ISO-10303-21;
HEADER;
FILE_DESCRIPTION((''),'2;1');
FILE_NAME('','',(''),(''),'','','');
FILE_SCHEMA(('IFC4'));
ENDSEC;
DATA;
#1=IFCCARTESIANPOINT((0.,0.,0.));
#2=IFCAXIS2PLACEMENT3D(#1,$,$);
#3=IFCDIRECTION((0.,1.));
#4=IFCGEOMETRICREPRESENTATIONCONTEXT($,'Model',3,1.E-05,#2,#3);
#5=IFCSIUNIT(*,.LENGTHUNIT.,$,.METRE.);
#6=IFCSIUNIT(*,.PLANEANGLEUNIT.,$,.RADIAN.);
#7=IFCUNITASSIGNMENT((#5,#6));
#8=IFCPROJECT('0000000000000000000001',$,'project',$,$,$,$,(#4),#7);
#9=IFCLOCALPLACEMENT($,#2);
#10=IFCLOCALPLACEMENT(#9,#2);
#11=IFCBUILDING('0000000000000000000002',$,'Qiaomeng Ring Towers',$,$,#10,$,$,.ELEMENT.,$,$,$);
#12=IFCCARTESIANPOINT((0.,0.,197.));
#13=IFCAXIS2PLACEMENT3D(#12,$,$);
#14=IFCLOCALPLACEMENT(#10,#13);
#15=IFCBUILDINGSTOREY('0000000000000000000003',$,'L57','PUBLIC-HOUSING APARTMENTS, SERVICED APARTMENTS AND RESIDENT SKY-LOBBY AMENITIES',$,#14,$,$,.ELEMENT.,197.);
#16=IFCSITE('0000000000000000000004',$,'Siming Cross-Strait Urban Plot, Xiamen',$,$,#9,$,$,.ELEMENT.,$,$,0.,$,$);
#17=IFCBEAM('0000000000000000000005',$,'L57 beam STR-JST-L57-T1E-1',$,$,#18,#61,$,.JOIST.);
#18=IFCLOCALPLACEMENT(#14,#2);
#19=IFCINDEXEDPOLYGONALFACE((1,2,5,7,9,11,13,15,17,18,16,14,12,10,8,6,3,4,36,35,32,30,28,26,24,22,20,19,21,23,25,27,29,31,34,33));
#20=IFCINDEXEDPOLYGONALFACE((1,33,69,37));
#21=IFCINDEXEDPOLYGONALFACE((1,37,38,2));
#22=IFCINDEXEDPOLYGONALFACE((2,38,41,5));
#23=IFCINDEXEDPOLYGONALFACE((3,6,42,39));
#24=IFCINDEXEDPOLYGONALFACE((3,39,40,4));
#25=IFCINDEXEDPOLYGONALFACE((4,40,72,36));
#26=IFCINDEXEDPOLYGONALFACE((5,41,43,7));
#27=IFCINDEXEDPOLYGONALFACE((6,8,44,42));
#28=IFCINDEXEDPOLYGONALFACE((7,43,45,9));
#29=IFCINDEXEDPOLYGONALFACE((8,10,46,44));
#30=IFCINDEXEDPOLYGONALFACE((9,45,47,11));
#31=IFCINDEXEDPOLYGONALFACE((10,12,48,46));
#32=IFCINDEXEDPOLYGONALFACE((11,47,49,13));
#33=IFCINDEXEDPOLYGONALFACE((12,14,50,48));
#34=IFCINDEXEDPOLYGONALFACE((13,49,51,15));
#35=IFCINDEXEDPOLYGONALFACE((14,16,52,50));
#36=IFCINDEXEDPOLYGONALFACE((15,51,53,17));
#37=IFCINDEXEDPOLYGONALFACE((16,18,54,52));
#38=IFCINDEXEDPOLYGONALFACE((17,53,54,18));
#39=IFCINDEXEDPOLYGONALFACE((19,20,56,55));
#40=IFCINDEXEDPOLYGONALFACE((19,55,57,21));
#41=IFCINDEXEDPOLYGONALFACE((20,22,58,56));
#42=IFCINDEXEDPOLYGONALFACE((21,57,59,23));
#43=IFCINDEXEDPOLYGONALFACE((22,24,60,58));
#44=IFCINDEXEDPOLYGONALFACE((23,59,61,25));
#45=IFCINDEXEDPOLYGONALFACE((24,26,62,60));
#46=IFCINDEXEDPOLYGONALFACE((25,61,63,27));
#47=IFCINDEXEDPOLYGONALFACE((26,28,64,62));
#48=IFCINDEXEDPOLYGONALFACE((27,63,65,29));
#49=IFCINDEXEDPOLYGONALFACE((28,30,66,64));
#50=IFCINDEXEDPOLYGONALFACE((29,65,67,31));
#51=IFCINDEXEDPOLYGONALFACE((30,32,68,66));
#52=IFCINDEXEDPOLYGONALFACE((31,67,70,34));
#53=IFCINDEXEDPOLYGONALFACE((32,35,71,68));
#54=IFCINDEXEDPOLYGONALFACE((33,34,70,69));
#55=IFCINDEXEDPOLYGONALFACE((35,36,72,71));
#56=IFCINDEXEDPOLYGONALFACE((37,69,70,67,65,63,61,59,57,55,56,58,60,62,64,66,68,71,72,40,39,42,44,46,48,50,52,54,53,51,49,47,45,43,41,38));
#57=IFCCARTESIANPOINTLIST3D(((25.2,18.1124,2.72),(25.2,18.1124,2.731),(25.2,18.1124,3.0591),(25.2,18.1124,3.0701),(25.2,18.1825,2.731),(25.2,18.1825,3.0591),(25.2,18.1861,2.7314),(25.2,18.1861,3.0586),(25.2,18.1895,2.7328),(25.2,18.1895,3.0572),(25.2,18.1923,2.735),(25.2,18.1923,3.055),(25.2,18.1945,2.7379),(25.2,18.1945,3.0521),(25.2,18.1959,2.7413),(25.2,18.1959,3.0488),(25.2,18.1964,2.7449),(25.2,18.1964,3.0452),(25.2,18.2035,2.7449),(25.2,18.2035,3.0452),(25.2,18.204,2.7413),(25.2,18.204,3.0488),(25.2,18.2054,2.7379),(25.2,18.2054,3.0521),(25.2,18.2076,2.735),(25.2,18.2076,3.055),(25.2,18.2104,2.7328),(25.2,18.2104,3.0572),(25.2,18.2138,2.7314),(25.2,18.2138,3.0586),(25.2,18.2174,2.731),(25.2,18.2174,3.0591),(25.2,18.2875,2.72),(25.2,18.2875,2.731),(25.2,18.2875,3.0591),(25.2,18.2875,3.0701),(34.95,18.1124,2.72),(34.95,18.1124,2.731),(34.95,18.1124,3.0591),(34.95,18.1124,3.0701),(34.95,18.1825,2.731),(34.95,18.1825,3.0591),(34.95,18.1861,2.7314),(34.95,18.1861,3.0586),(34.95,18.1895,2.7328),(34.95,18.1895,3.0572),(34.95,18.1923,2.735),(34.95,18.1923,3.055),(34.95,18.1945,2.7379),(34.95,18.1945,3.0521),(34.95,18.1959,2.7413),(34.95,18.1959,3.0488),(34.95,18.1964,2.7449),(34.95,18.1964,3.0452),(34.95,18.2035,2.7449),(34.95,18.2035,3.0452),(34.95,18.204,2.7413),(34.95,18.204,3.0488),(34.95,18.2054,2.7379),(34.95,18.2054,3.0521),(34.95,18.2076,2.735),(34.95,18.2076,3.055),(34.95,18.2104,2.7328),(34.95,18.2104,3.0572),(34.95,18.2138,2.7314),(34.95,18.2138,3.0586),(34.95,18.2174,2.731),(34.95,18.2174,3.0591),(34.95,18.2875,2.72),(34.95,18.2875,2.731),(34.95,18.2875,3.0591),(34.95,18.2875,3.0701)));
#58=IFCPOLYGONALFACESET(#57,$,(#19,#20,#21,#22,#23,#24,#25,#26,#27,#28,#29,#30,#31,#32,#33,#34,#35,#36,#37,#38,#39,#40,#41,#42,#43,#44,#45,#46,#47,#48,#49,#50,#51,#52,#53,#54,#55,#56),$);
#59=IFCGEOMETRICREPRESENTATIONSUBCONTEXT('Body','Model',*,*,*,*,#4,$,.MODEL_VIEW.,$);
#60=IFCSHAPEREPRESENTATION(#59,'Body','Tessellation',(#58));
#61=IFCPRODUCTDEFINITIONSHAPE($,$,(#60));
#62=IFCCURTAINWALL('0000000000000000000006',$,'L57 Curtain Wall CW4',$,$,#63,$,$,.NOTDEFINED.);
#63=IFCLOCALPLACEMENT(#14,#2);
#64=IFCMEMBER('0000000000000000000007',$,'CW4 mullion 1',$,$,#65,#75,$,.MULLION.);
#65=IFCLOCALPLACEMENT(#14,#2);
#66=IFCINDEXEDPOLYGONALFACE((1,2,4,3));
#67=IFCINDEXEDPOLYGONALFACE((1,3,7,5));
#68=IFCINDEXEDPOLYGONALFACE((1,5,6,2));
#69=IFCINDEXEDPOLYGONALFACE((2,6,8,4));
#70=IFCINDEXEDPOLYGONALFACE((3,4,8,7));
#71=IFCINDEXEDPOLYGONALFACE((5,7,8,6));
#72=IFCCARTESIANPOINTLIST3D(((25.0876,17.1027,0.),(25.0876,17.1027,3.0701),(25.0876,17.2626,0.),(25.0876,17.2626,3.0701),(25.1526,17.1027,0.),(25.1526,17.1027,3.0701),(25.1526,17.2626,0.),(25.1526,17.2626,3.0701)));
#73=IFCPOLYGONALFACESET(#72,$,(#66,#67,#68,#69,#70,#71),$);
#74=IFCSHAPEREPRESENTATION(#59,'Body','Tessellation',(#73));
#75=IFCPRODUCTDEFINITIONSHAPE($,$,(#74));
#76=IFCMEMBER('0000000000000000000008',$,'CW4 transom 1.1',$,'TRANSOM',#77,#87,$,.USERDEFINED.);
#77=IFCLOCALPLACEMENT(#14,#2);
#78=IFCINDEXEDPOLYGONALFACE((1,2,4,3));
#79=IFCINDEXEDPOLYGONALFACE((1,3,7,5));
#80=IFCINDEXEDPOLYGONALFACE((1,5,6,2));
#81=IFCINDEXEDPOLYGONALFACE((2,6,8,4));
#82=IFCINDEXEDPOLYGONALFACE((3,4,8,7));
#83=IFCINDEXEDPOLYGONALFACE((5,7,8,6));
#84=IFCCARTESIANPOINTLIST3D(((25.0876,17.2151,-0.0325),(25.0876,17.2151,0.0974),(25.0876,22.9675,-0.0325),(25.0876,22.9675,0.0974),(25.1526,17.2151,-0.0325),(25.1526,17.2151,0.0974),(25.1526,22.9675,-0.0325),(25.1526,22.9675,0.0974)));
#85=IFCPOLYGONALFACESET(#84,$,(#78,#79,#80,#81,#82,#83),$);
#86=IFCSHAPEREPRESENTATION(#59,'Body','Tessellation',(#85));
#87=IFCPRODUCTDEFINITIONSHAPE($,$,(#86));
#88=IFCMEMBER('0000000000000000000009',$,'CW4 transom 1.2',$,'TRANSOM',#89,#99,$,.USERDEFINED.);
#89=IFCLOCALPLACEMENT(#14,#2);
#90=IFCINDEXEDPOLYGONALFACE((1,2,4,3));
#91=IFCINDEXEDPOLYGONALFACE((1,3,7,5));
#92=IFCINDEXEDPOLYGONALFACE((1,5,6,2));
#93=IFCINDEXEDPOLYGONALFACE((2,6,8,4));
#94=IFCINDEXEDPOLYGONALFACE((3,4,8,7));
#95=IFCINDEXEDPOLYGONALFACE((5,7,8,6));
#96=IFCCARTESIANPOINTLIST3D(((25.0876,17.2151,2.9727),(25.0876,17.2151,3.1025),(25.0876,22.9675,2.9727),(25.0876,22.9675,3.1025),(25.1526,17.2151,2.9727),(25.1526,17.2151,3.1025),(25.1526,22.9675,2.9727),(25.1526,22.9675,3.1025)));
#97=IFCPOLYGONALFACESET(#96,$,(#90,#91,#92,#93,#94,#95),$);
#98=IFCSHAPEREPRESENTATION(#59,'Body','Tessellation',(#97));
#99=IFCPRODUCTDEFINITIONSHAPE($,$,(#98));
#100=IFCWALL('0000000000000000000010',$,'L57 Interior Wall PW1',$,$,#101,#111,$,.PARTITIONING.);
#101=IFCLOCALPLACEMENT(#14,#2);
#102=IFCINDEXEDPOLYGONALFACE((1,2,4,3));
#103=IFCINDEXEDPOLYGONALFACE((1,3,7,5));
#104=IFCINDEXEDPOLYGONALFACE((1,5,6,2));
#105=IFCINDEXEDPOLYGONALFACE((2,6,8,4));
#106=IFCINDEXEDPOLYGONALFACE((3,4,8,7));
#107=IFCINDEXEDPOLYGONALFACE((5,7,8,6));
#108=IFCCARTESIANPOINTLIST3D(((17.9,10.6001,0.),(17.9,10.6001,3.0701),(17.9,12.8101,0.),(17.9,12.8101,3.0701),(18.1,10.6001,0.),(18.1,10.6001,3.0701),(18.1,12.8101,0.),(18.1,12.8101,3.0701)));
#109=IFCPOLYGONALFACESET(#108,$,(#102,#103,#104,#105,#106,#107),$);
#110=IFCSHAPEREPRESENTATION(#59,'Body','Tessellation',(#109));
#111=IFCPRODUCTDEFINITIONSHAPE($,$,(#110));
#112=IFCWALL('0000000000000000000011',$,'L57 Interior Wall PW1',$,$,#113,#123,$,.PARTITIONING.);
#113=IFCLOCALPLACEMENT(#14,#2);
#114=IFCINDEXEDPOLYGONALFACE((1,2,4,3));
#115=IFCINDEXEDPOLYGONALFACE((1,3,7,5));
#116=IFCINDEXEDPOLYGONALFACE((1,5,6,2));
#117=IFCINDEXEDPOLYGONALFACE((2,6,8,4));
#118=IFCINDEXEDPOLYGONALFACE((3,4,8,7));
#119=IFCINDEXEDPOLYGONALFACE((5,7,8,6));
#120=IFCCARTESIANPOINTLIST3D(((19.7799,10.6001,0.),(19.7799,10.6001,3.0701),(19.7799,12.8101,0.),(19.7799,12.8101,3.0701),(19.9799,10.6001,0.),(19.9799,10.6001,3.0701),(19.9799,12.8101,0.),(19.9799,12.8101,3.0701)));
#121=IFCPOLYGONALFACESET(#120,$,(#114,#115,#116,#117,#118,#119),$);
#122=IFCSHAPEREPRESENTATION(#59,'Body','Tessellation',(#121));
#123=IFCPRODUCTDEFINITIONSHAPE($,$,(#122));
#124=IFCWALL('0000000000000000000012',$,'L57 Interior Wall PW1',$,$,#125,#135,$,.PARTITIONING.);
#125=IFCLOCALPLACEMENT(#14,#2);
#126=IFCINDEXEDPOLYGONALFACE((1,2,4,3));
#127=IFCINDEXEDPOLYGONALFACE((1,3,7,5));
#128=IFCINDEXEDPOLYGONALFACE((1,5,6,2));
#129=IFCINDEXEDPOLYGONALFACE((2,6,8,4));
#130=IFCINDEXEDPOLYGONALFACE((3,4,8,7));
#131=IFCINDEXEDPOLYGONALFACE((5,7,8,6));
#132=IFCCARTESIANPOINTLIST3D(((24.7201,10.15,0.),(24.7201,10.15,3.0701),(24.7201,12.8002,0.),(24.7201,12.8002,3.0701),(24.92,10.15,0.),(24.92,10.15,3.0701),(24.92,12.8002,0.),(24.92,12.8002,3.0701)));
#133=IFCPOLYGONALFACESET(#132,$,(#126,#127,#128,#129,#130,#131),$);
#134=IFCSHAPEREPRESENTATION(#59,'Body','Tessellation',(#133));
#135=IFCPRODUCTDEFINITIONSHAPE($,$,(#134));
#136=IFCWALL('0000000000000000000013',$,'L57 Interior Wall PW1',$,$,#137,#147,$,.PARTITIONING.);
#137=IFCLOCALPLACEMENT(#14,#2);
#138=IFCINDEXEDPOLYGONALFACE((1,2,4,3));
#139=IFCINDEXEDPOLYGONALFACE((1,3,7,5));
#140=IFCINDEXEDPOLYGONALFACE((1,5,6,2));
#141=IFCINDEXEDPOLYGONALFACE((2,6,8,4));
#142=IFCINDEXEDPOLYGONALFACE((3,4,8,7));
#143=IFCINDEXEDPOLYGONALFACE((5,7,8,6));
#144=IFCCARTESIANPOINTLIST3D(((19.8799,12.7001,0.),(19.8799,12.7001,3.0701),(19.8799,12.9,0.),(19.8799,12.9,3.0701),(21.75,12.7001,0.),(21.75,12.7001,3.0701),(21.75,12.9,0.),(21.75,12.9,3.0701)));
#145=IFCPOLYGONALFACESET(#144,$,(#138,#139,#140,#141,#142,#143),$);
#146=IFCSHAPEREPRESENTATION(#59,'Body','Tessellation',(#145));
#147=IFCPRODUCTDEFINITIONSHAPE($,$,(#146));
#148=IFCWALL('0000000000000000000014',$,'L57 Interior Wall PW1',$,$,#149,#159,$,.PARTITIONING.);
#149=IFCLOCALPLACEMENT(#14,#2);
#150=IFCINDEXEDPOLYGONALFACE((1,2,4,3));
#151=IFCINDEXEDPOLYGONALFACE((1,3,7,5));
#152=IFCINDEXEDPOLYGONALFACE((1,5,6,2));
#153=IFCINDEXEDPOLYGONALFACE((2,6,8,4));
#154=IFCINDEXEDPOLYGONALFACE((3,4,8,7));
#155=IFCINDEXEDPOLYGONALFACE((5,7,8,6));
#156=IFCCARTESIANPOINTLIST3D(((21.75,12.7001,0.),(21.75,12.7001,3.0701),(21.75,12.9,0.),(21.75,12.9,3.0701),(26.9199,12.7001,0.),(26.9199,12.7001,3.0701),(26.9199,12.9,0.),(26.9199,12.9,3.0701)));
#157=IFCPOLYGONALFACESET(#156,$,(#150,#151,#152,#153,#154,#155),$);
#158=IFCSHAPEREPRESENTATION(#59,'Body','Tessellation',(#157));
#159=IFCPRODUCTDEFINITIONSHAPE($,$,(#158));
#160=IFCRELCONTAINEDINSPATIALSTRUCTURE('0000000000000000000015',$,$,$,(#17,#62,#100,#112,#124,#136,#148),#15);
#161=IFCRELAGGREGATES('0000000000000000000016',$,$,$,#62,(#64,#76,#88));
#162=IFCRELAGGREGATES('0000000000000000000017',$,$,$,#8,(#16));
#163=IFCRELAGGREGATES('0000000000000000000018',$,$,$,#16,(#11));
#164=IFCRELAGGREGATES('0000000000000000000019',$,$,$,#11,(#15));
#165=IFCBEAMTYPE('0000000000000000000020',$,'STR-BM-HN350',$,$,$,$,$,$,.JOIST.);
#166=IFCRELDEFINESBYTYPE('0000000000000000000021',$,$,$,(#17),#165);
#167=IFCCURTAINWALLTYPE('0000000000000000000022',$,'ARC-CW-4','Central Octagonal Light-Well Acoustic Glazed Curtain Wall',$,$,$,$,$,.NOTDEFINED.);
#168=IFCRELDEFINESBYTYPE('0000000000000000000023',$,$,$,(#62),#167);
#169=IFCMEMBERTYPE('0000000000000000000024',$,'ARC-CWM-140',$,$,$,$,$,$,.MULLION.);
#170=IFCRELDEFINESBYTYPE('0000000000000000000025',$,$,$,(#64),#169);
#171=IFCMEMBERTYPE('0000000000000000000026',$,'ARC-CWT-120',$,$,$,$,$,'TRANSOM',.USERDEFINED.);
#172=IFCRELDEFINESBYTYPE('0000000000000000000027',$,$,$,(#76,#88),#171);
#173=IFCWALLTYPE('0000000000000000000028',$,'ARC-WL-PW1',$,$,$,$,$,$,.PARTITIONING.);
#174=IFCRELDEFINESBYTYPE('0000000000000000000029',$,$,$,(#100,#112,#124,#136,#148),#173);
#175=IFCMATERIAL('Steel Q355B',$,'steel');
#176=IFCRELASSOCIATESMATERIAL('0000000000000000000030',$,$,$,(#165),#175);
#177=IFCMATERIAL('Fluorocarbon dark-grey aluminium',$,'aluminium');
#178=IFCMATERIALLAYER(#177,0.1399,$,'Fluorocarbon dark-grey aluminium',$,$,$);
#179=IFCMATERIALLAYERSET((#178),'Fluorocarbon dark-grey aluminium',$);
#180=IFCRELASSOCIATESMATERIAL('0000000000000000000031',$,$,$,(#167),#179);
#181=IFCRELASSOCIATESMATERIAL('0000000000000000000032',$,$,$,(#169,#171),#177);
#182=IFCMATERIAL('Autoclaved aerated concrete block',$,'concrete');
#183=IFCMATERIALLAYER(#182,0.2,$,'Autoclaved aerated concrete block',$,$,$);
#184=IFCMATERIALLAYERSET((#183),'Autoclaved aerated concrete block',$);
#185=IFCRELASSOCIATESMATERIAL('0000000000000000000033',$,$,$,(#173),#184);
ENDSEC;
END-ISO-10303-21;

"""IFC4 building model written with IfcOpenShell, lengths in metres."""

from ifc_helpers import new_model, si_unit, direction, frame, frame_2d, origin, origin_2d, place, context, subcontext, project, spatial, rectangle, i_section, extrude, source, transform, mapped, material, layer, layer_set, material_profile, profile_set, type_object, element, aggregate, save


model = new_model("IFC4")

# Units and contexts
model_context = context("Model", 3, precision=1e-05, world=origin(), true_north=direction((0.0, 1.0)))
body_context = subcontext(model_context, "Body", "Model", "MODEL_VIEW")
ifc_project = project(units=[si_unit("LENGTHUNIT", "METRE"), si_unit("PLANEANGLEUNIT", "RADIAN")], contexts=[model_context])

# Site, building, storey
site_placement = place(None, origin())
site = spatial("IfcSite", under=ifc_project, at=site_placement, Name="Siming Cross-Strait Urban Plot, Xiamen", CompositionType="ELEMENT", RefElevation=0.0)
building_placement = place(site_placement, origin())
building = spatial("IfcBuilding", under=site, at=building_placement, Name="Qiaomeng Ring Towers", CompositionType="ELEMENT")
storey_placement = place(building_placement, frame((0.0, 0.0, 197.0)))
storey = spatial("IfcBuildingStorey", under=building, at=storey_placement, Name="L57", Description="PUBLIC-HOUSING APARTMENTS, SERVICED APARTMENTS AND RESIDENT SKY-LOBBY AMENITIES", CompositionType="ELEMENT", Elevation=197.0)

# Beam
ifc_material_1 = material(Name="Steel Q355B", Category="steel")
ifc_material_profile_1 = material_profile(ifc_material_1, i_section(OverallWidth=0.175, OverallDepth=0.3501, WebThickness=0.0071, FlangeThickness=0.011, FilletRadius=0.0139, at=origin_2d()), Name="HN 350x175x7x11")
ifc_profile_set_1 = profile_set([ifc_material_profile_1], Name="Steel Q355B")
beam_type_1 = type_object("IfcBeamType", Name="STR-BM-HN350", PredefinedType="JOIST", material=ifc_profile_set_1)
shared_shape_1 = source(origin(), body_context, "Body", "SweptSolid", [
    extrude(i_section(OverallWidth=0.175, OverallDepth=0.3501, WebThickness=0.0071, FlangeThickness=0.011, FilletRadius=0.0139, at=origin_2d()), origin(), (0.0, 0.0, 1.0), 9.75),
])
beam_1_placement = place(storey_placement, frame((25.2, 18.2, 2.895), z_axis=(1.0, 0.0, 0.0), x_axis=(0.0, 1.0, 0.0)))
element("IfcBeam", 1, at=beam_1_placement, inside=storey, type_object=beam_type_1, Name="L57 beam STR-JST-L57-T1E-1", PredefinedType="JOIST", context=body_context, shape_type="MappedRepresentation", body=[
    mapped(shared_shape_1, transform((0.0, 0.0, 0.0), x_axis=(1.0, 0.0, 0.0), y_axis=(0.0, 1.0, 0.0), z_axis=(0.0, 0.0, 1.0), scale=1.0)),
])

# Curtain wall, members
ifc_material_2 = material(Name="Fluorocarbon dark-grey aluminium", Category="aluminium")
ifc_layer_1 = layer(ifc_material_2, 0.1399, Name="Fluorocarbon dark-grey aluminium")
ifc_layer_set_1 = layer_set([ifc_layer_1], Name="Fluorocarbon dark-grey aluminium")
curtain_wall_type = type_object("IfcCurtainWallType", Name="ARC-CW-4", Description="Central Octagonal Light-Well Acoustic Glazed Curtain Wall", PredefinedType="NOTDEFINED", material=ifc_layer_set_1)
curtain_wall_placement = place(storey_placement, origin())
curtain_wall = element("IfcCurtainWall", 2, at=curtain_wall_placement, inside=storey, type_object=curtain_wall_type, Name="L57 Curtain Wall CW4", PredefinedType="NOTDEFINED")
ifc_material_profile_2 = material_profile(ifc_material_2, rectangle(XDim=0.0649, YDim=0.1599, at=origin_2d()), Name="ALU MULL 65x160")
ifc_profile_set_2 = profile_set([ifc_material_profile_2], Name="Fluorocarbon dark-grey aluminium")
member_type_1 = type_object("IfcMemberType", Name="ARC-CWM-140", PredefinedType="MULLION", material=ifc_profile_set_2)
shared_shape_2 = source(origin(), body_context, "Body", "SweptSolid", [
    extrude(rectangle(XDim=0.0649, YDim=0.1599, at=origin_2d()), origin(), (0.0, 0.0, 1.0), 3.0701),
])
member_1_placement = place(storey_placement, frame((25.1201, 17.1826, 0.0), z_axis=(0.0, 0.0, 1.0), x_axis=(-1.0, 0.0, 0.0)))
member_1 = element("IfcMember", 3, at=member_1_placement, type_object=member_type_1, Name="CW4 mullion 1", PredefinedType="MULLION", context=body_context, shape_type="MappedRepresentation", body=[
    mapped(shared_shape_2, transform((0.0, 0.0, 0.0), x_axis=(1.0, 0.0, 0.0), y_axis=(0.0, 1.0, 0.0), z_axis=(0.0, 0.0, 1.0), scale=1.0)),
])
ifc_material_profile_3 = material_profile(ifc_material_2, rectangle(XDim=0.0649, YDim=0.1299, at=origin_2d()), Name="ALU TRAN 65x130")
ifc_profile_set_3 = profile_set([ifc_material_profile_3], Name="Fluorocarbon dark-grey aluminium")
member_type_2 = type_object("IfcMemberType", Name="ARC-CWT-120", ElementType="TRANSOM", PredefinedType="USERDEFINED", material=ifc_profile_set_3)
shared_shape_3 = source(origin(), body_context, "Body", "SweptSolid", [
    extrude(rectangle(XDim=0.0649, YDim=0.1299, at=origin_2d()), origin(), (0.0, 0.0, 1.0), 5.7524),
])
member_2_placement = place(storey_placement, frame((25.1201, 17.2151, 0.0325), z_axis=(0.0, 1.0, 0.0), x_axis=(-1.0, 0.0, 0.0)))
member_2 = element("IfcMember", 4, at=member_2_placement, type_object=member_type_2, Name="CW4 transom 1.1", ObjectType="TRANSOM", PredefinedType="USERDEFINED", context=body_context, shape_type="MappedRepresentation", body=[
    mapped(shared_shape_3, transform((0.0, 0.0, 0.0), x_axis=(1.0, 0.0, 0.0), y_axis=(0.0, 1.0, 0.0), z_axis=(0.0, 0.0, 1.0), scale=1.0)),
])
member_3_placement = place(storey_placement, frame((25.1201, 17.2151, 3.0376), z_axis=(0.0, 1.0, 0.0), x_axis=(-1.0, 0.0, 0.0)))
member_3 = element("IfcMember", 5, at=member_3_placement, type_object=member_type_2, Name="CW4 transom 1.2", ObjectType="TRANSOM", PredefinedType="USERDEFINED", context=body_context, shape_type="MappedRepresentation", body=[
    mapped(shared_shape_3, transform((0.0, 0.0, 0.0), x_axis=(1.0, 0.0, 0.0), y_axis=(0.0, 1.0, 0.0), z_axis=(0.0, 0.0, 1.0), scale=1.0)),
])
aggregate(curtain_wall, [member_1, member_2, member_3])

# Walls
ifc_material_3 = material(Name="Autoclaved aerated concrete block", Category="concrete")
ifc_layer_2 = layer(ifc_material_3, 0.2, Name="Autoclaved aerated concrete block")
ifc_layer_set_2 = layer_set([ifc_layer_2], Name="Autoclaved aerated concrete block")
wall_type_1 = type_object("IfcWallType", Name="ARC-WL-PW1", PredefinedType="PARTITIONING", material=ifc_layer_set_2)
for number, where, z_axis, x_axis, name in (
    (6, (18.0, 10.6001, 0.0), (0.0, 0.0, 1.0), (0.0, 1.0, 0.0), "L57 Interior Wall PW1"),
    (7, (19.8799, 10.6001, 0.0), (0.0, 0.0, 1.0), (0.0, 1.0, 0.0), "L57 Interior Wall PW1"),
):
    element("IfcWall", number, at=place(storey_placement, frame(where, z_axis=z_axis, x_axis=x_axis)), inside=storey, type_object=wall_type_1, Name=name, PredefinedType="PARTITIONING", context=body_context, shape_type="SweptSolid", body=[
        extrude(rectangle(XDim=2.21, YDim=0.2, at=frame_2d((1.105, 0.0))), origin(), (0.0, 0.0, 1.0), 3.0701),
    ])
wall_1_placement = place(storey_placement, frame((24.8201, 10.1499, 0.0), z_axis=(0.0, 0.0, 1.0), x_axis=(0.0, 1.0, 0.0)))
element("IfcWall", 8, at=wall_1_placement, inside=storey, type_object=wall_type_1, Name="L57 Interior Wall PW1", PredefinedType="PARTITIONING", context=body_context, shape_type="SweptSolid", body=[
    extrude(rectangle(XDim=2.6501, YDim=0.2, at=frame_2d((1.3252, 0.0))), origin(), (0.0, 0.0, 1.0), 3.0701),
])
wall_2_placement = place(storey_placement, frame((19.8799, 12.8, 0.0), z_axis=(0.0, 0.0, 1.0), x_axis=(1.0, 0.0, 0.0)))
element("IfcWall", 9, at=wall_2_placement, inside=storey, type_object=wall_type_1, Name="L57 Interior Wall PW1", PredefinedType="PARTITIONING", context=body_context, shape_type="SweptSolid", body=[
    extrude(rectangle(XDim=1.8701, YDim=0.2, at=frame_2d((0.9351, 0.0))), origin(), (0.0, 0.0, 1.0), 3.0701),
])
wall_3_placement = place(storey_placement, frame((21.75, 12.8, 0.0), z_axis=(0.0, 0.0, 1.0), x_axis=(1.0, 0.0, 0.0)))
element("IfcWall", 10, at=wall_3_placement, inside=storey, type_object=wall_type_1, Name="L57 Interior Wall PW1", PredefinedType="PARTITIONING", context=body_context, shape_type="SweptSolid", body=[
    extrude(rectangle(XDim=5.1699, YDim=0.2, at=frame_2d((2.585, 0.0))), origin(), (0.0, 0.0, 1.0), 3.0701),
])

save(model, "model.ifc")
